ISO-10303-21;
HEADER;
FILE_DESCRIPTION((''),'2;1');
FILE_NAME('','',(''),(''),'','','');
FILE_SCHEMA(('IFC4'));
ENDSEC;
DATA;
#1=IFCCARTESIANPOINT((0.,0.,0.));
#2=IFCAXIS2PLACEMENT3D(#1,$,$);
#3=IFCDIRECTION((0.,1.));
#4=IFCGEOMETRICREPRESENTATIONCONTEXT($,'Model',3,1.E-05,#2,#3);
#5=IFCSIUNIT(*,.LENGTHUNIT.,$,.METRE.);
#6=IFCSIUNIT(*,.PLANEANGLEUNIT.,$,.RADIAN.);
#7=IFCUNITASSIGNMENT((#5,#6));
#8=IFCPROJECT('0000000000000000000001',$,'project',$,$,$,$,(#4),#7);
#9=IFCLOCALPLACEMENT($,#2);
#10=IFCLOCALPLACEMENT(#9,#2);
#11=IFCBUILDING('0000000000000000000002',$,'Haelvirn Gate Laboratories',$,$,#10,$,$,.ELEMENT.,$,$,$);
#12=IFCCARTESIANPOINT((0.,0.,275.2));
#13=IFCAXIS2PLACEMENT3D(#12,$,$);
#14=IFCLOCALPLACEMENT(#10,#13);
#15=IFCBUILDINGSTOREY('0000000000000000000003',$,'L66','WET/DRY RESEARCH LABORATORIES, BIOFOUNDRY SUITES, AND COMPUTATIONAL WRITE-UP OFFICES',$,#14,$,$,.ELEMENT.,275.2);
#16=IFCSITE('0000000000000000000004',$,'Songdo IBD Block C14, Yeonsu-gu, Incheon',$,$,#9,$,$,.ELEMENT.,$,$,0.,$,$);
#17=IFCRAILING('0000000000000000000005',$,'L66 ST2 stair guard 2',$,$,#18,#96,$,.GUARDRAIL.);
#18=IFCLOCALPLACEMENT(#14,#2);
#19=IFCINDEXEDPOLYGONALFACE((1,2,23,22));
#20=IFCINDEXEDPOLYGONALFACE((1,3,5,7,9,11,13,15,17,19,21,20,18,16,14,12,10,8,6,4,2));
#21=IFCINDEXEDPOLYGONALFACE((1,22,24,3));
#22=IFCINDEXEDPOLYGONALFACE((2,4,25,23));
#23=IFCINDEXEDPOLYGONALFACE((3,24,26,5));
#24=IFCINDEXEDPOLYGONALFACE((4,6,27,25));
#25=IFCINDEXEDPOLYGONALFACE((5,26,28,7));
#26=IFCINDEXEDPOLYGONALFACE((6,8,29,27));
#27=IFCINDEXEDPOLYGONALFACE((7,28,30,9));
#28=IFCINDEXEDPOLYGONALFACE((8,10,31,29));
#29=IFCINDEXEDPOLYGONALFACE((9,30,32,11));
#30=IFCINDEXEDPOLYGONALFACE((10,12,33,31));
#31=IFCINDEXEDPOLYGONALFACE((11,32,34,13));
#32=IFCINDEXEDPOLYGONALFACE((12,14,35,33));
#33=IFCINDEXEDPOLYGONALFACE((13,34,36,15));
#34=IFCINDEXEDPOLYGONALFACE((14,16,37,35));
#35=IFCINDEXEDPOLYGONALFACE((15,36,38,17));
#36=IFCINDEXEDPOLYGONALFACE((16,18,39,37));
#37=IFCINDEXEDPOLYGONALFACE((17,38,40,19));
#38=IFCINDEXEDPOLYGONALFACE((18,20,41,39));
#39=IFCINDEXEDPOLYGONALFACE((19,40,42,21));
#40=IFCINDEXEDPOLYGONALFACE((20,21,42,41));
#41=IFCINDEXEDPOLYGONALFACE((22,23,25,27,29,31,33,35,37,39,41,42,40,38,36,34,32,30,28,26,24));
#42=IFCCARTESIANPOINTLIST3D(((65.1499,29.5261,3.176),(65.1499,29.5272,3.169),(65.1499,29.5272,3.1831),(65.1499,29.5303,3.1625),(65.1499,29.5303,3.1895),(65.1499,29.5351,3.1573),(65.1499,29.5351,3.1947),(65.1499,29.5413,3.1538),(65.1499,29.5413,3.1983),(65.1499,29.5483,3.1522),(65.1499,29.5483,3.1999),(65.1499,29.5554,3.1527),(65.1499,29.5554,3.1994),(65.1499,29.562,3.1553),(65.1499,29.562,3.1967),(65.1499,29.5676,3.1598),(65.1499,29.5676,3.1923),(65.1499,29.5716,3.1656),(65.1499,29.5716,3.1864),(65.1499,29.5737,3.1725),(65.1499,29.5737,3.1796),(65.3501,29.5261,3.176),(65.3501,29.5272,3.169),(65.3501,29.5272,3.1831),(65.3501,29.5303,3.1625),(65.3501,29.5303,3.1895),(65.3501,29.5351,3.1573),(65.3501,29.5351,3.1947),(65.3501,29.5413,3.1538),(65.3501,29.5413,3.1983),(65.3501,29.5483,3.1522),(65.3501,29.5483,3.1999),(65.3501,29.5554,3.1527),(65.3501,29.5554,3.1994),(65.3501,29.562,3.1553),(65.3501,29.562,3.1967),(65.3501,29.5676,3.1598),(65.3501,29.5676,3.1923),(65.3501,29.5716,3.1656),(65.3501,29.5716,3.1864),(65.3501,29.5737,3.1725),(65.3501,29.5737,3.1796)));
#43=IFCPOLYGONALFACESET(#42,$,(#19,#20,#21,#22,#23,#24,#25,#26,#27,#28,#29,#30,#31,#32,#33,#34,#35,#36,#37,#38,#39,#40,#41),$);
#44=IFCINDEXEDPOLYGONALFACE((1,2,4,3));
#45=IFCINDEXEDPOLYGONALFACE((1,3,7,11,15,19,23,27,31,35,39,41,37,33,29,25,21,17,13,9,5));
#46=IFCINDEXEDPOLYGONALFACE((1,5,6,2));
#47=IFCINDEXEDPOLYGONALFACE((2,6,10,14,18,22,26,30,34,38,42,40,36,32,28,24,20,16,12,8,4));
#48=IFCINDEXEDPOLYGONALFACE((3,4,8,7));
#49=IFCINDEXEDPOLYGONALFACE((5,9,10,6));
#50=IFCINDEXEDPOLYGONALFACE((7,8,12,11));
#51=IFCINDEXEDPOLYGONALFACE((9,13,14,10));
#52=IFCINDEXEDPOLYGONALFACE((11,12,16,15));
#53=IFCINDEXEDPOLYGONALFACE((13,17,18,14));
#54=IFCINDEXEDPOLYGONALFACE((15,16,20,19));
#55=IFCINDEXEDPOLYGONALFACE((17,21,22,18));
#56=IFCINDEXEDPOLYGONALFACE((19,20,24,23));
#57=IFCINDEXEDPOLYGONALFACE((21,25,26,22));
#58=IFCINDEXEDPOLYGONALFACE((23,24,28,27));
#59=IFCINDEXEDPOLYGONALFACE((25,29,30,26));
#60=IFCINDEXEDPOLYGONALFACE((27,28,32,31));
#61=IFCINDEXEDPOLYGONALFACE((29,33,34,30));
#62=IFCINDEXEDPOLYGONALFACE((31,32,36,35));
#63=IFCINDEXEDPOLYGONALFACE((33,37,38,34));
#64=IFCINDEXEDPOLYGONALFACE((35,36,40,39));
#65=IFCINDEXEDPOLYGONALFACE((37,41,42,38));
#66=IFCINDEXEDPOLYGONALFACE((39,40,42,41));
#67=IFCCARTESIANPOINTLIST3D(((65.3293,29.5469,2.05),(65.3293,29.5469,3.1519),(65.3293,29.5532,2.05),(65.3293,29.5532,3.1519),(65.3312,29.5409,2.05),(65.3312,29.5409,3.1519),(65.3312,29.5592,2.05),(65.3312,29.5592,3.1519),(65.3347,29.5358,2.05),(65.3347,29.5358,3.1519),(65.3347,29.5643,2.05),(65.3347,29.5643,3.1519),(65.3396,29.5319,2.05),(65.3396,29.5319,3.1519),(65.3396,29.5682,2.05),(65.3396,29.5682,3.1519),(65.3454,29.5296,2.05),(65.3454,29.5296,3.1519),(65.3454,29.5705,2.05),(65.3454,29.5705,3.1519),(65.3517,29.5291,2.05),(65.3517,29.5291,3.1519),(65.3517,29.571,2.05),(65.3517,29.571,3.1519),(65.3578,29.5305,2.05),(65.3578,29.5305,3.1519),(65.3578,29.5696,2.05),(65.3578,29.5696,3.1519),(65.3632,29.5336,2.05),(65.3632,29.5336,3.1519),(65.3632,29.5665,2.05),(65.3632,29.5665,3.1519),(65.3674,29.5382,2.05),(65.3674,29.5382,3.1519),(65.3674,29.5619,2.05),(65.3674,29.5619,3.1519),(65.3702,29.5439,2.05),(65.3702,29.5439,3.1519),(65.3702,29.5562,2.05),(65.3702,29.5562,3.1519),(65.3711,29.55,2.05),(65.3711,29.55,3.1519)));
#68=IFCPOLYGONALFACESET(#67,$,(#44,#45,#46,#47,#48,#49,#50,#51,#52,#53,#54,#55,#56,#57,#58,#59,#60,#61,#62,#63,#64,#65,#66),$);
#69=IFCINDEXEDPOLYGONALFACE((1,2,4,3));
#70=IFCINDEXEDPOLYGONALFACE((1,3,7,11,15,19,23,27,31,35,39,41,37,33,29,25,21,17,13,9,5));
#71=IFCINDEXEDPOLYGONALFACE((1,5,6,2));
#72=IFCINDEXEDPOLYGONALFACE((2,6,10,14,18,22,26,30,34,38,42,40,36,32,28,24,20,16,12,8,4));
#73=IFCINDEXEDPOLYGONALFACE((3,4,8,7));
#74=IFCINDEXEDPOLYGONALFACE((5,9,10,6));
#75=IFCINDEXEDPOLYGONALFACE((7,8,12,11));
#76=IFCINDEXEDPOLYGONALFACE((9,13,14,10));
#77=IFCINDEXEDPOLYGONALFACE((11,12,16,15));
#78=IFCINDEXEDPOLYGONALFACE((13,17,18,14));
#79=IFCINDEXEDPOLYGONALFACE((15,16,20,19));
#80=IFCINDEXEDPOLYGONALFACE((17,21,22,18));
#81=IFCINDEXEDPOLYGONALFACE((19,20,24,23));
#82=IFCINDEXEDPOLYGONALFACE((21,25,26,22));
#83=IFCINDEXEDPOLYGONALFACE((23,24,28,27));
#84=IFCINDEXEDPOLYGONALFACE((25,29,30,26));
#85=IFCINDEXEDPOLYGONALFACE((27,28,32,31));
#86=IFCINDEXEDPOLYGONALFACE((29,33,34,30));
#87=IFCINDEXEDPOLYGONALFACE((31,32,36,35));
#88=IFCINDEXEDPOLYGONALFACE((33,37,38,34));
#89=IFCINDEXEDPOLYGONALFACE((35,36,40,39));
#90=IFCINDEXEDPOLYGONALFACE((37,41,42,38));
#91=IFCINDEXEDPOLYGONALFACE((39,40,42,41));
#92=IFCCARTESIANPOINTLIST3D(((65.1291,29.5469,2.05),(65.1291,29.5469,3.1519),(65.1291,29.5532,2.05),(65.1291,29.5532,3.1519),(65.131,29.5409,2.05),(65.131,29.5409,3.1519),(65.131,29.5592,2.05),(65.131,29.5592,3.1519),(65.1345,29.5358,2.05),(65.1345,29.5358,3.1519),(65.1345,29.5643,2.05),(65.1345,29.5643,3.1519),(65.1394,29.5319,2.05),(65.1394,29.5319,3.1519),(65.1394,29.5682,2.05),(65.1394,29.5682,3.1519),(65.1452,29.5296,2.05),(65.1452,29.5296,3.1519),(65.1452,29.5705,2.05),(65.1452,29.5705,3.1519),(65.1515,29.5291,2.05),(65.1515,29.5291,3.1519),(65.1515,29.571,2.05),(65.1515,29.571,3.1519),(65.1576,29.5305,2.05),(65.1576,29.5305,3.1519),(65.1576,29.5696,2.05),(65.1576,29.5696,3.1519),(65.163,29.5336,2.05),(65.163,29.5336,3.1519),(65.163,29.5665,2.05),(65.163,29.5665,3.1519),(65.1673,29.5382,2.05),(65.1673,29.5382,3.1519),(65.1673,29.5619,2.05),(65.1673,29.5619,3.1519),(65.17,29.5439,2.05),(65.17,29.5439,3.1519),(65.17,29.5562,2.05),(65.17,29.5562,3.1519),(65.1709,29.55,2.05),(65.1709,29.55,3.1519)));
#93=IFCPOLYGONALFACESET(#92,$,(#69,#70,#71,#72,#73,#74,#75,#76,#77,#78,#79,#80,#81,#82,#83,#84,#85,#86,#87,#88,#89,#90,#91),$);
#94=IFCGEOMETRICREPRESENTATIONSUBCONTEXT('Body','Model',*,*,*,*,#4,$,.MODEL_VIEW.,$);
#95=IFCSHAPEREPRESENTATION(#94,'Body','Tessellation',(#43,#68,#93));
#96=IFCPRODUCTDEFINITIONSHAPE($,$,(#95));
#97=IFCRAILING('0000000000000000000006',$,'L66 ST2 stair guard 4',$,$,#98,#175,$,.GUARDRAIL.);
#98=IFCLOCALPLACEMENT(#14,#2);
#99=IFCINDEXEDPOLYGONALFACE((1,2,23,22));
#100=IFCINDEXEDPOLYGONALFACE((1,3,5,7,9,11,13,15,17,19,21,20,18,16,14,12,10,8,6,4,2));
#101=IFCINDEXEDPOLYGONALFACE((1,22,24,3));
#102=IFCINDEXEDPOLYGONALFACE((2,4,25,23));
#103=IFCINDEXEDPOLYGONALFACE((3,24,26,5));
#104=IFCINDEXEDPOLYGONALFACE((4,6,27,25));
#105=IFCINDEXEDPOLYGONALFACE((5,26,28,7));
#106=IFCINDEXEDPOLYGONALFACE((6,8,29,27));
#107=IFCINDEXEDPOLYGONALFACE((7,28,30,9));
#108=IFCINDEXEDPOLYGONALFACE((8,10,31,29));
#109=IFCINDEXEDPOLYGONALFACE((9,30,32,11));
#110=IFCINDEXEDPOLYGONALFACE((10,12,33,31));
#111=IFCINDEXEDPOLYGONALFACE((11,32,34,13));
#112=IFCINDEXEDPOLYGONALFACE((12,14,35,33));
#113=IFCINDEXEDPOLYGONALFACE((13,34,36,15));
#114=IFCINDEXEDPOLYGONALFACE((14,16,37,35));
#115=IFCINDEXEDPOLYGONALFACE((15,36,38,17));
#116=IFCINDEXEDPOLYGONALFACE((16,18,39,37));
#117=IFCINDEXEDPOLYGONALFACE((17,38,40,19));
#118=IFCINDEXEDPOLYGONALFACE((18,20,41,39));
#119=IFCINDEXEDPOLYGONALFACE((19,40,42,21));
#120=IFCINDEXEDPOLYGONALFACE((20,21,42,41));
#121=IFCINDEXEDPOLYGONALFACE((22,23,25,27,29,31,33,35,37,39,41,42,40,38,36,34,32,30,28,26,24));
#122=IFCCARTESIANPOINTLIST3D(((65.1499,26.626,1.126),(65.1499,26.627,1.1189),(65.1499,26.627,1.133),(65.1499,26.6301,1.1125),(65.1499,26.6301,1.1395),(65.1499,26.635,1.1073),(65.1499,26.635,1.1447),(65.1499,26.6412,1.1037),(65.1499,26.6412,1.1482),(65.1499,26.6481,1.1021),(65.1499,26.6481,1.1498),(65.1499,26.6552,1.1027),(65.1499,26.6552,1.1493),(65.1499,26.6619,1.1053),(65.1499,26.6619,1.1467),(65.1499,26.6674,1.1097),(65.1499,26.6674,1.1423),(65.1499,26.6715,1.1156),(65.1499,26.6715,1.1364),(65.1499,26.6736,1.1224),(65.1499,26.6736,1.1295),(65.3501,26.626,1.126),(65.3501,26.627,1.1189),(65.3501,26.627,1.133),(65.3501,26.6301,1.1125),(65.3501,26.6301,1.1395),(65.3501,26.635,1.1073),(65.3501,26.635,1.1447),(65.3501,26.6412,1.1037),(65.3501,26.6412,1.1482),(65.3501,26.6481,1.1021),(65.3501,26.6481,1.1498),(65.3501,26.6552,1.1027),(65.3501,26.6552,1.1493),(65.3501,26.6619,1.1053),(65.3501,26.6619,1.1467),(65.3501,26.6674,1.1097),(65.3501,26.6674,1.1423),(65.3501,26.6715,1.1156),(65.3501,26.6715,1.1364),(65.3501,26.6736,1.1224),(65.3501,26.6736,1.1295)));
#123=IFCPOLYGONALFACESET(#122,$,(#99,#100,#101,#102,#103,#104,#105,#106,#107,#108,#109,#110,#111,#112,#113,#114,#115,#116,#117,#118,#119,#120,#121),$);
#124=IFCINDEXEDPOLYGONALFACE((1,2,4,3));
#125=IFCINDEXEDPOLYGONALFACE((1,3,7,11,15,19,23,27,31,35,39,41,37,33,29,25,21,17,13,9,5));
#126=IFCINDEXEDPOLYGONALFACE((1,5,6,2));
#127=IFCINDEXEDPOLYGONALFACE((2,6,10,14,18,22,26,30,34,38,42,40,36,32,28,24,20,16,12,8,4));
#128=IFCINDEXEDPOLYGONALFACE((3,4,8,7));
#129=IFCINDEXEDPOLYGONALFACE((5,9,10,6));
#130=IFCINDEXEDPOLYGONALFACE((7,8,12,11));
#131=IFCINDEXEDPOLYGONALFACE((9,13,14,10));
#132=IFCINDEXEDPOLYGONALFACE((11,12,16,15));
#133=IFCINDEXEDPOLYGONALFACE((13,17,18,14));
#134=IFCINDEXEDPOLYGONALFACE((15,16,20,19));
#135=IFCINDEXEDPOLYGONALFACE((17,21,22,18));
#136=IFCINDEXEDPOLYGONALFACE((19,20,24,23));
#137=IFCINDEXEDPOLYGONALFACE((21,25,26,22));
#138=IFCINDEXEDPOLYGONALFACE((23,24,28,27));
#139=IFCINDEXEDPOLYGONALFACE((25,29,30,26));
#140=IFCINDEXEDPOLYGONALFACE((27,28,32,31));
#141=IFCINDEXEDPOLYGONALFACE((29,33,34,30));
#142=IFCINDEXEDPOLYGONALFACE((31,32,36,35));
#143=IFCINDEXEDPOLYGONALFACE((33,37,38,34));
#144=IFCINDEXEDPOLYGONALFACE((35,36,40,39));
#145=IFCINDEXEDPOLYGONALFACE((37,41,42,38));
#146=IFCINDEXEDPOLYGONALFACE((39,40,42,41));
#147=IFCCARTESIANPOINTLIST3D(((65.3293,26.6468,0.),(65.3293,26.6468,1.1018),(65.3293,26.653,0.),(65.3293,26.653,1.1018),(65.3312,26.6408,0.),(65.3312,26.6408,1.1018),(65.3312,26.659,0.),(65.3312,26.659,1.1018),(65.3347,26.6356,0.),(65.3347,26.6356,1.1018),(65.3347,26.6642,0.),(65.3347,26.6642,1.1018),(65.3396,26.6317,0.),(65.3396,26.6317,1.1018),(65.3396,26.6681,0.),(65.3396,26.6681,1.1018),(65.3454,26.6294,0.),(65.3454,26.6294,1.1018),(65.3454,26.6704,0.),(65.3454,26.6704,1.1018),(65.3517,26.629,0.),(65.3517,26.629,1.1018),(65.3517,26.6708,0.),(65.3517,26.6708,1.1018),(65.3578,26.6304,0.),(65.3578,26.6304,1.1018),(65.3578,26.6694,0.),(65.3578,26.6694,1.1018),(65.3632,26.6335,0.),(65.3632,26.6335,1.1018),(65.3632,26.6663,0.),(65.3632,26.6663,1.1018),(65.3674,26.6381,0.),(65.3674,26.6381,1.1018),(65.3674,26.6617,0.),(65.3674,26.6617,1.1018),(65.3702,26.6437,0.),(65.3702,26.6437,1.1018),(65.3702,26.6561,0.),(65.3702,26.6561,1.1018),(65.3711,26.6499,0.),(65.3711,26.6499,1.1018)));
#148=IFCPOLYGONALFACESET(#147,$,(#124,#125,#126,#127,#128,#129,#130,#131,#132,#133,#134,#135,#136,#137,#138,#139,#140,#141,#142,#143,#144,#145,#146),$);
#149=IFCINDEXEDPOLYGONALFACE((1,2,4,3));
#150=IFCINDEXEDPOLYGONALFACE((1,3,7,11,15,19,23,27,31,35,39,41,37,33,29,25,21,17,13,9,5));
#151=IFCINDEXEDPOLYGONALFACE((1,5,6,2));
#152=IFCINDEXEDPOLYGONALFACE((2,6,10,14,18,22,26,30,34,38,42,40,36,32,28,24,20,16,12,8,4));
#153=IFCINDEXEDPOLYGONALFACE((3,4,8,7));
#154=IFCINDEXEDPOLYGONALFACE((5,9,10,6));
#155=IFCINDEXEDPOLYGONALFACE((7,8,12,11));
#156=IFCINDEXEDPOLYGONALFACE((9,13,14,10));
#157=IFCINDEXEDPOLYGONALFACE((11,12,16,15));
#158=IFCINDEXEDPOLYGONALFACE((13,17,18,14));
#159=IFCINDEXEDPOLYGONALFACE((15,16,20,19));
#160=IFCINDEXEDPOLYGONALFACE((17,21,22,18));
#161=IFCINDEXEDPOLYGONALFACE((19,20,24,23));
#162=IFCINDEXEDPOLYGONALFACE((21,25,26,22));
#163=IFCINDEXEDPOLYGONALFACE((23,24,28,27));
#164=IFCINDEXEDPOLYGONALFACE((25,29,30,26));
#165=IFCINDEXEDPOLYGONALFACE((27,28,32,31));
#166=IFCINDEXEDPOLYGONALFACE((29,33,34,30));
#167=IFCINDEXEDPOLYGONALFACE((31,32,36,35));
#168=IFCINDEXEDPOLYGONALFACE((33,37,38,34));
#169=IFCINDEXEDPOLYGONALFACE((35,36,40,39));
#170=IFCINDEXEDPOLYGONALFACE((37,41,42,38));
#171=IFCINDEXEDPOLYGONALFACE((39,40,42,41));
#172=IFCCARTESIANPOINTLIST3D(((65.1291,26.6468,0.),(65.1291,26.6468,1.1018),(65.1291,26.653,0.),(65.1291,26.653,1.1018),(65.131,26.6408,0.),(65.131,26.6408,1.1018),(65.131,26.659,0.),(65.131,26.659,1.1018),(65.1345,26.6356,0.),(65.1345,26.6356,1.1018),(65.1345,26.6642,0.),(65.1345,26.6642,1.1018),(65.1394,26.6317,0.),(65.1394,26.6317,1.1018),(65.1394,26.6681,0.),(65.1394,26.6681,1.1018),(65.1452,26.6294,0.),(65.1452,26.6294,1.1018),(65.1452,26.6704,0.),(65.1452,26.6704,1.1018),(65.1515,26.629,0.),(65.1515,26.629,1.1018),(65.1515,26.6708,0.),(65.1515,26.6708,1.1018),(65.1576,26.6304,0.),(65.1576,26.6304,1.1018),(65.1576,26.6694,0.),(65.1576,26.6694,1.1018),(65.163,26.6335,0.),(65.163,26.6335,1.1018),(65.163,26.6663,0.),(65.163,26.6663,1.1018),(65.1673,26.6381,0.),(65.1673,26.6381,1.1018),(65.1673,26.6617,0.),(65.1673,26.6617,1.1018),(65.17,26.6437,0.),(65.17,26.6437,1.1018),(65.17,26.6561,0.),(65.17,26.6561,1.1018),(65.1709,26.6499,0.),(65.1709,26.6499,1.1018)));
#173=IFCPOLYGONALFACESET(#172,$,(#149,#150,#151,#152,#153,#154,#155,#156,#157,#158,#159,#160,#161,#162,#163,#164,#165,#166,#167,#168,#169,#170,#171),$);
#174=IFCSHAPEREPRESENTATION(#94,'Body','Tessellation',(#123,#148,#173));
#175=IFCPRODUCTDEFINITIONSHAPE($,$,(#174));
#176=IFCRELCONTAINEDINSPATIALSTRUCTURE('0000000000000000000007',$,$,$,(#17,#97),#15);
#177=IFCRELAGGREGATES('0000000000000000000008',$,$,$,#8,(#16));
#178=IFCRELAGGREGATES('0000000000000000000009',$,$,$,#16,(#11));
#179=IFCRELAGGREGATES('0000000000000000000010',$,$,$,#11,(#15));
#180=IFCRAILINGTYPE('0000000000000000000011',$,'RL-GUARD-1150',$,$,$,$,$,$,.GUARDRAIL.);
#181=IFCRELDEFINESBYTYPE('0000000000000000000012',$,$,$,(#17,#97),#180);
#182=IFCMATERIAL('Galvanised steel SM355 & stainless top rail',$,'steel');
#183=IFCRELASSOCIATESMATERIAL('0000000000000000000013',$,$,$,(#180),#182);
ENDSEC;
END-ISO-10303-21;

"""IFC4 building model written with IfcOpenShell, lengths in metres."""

from ifc_helpers import new_model, si_unit, direction, frame, origin, origin_2d, place, context, subcontext, project, spatial, circle, extrude, source, transform, mapped, material, type_object, element, save


model = new_model("IFC4")

# Units and contexts
model_context = context("Model", 3, precision=1e-05, world=origin(), true_north=direction((0.0, 1.0)))
body_context = subcontext(model_context, "Body", "Model", "MODEL_VIEW")
ifc_project = project(units=[si_unit("LENGTHUNIT", "METRE"), si_unit("PLANEANGLEUNIT", "RADIAN")], contexts=[model_context])

# Site, building, storey
site_placement = place(None, origin())
site = spatial("IfcSite", under=ifc_project, at=site_placement, Name="Songdo IBD Block C14, Yeonsu-gu, Incheon", CompositionType="ELEMENT", RefElevation=0.0)
building_placement = place(site_placement, origin())
building = spatial("IfcBuilding", under=site, at=building_placement, Name="Haelvirn Gate Laboratories", CompositionType="ELEMENT")
storey_placement = place(building_placement, frame((0.0, 0.0, 275.2)))
storey = spatial("IfcBuildingStorey", under=building, at=storey_placement, Name="L66", Description="WET/DRY RESEARCH LABORATORIES, BIOFOUNDRY SUITES, AND COMPUTATIONAL WRITE-UP OFFICES", CompositionType="ELEMENT", Elevation=275.2)

# Railings
ifc_material_1 = material(Name="Galvanised steel SM355 & stainless top rail", Category="steel")
railing_type_1 = type_object("IfcRailingType", Name="RL-GUARD-1150", PredefinedType="GUARDRAIL", material=ifc_material_1)
shared_shape_1 = source(origin(), body_context, "Body", "SweptSolid", [
    extrude(circle(Radius=0.0239, at=origin_2d()), frame((0.0, 0.0, 1.126), z_axis=(-1.0, 0.0, 0.0), x_axis=(0.0, -1.0, 0.0)), (0.0, 0.0, 1.0), 0.2002),
    extrude(circle(Radius=0.021, at=origin_2d()), origin(), (0.0, 0.0, 1.0), 1.1018),
    extrude(circle(Radius=0.021, at=origin_2d()), frame((-0.2002, 0.0, 0.0)), (0.0, 0.0, 1.0), 1.1018),
])
for number, where, name in (
    (1, (65.3501, 29.55, 2.05), "L66 ST2 stair guard 2"),
    (2, (65.3501, 26.6499, 0.0), "L66 ST2 stair guard 4"),
):
    element("IfcRailing", number, at=place(storey_placement, frame(where)), inside=storey, type_object=railing_type_1, Name=name, PredefinedType="GUARDRAIL", context=body_context, shape_type="MappedRepresentation", body=[
        mapped(shared_shape_1, transform((0.0, 0.0, 0.0), scale=1.0)),
    ])

save(model, "model.ifc")
